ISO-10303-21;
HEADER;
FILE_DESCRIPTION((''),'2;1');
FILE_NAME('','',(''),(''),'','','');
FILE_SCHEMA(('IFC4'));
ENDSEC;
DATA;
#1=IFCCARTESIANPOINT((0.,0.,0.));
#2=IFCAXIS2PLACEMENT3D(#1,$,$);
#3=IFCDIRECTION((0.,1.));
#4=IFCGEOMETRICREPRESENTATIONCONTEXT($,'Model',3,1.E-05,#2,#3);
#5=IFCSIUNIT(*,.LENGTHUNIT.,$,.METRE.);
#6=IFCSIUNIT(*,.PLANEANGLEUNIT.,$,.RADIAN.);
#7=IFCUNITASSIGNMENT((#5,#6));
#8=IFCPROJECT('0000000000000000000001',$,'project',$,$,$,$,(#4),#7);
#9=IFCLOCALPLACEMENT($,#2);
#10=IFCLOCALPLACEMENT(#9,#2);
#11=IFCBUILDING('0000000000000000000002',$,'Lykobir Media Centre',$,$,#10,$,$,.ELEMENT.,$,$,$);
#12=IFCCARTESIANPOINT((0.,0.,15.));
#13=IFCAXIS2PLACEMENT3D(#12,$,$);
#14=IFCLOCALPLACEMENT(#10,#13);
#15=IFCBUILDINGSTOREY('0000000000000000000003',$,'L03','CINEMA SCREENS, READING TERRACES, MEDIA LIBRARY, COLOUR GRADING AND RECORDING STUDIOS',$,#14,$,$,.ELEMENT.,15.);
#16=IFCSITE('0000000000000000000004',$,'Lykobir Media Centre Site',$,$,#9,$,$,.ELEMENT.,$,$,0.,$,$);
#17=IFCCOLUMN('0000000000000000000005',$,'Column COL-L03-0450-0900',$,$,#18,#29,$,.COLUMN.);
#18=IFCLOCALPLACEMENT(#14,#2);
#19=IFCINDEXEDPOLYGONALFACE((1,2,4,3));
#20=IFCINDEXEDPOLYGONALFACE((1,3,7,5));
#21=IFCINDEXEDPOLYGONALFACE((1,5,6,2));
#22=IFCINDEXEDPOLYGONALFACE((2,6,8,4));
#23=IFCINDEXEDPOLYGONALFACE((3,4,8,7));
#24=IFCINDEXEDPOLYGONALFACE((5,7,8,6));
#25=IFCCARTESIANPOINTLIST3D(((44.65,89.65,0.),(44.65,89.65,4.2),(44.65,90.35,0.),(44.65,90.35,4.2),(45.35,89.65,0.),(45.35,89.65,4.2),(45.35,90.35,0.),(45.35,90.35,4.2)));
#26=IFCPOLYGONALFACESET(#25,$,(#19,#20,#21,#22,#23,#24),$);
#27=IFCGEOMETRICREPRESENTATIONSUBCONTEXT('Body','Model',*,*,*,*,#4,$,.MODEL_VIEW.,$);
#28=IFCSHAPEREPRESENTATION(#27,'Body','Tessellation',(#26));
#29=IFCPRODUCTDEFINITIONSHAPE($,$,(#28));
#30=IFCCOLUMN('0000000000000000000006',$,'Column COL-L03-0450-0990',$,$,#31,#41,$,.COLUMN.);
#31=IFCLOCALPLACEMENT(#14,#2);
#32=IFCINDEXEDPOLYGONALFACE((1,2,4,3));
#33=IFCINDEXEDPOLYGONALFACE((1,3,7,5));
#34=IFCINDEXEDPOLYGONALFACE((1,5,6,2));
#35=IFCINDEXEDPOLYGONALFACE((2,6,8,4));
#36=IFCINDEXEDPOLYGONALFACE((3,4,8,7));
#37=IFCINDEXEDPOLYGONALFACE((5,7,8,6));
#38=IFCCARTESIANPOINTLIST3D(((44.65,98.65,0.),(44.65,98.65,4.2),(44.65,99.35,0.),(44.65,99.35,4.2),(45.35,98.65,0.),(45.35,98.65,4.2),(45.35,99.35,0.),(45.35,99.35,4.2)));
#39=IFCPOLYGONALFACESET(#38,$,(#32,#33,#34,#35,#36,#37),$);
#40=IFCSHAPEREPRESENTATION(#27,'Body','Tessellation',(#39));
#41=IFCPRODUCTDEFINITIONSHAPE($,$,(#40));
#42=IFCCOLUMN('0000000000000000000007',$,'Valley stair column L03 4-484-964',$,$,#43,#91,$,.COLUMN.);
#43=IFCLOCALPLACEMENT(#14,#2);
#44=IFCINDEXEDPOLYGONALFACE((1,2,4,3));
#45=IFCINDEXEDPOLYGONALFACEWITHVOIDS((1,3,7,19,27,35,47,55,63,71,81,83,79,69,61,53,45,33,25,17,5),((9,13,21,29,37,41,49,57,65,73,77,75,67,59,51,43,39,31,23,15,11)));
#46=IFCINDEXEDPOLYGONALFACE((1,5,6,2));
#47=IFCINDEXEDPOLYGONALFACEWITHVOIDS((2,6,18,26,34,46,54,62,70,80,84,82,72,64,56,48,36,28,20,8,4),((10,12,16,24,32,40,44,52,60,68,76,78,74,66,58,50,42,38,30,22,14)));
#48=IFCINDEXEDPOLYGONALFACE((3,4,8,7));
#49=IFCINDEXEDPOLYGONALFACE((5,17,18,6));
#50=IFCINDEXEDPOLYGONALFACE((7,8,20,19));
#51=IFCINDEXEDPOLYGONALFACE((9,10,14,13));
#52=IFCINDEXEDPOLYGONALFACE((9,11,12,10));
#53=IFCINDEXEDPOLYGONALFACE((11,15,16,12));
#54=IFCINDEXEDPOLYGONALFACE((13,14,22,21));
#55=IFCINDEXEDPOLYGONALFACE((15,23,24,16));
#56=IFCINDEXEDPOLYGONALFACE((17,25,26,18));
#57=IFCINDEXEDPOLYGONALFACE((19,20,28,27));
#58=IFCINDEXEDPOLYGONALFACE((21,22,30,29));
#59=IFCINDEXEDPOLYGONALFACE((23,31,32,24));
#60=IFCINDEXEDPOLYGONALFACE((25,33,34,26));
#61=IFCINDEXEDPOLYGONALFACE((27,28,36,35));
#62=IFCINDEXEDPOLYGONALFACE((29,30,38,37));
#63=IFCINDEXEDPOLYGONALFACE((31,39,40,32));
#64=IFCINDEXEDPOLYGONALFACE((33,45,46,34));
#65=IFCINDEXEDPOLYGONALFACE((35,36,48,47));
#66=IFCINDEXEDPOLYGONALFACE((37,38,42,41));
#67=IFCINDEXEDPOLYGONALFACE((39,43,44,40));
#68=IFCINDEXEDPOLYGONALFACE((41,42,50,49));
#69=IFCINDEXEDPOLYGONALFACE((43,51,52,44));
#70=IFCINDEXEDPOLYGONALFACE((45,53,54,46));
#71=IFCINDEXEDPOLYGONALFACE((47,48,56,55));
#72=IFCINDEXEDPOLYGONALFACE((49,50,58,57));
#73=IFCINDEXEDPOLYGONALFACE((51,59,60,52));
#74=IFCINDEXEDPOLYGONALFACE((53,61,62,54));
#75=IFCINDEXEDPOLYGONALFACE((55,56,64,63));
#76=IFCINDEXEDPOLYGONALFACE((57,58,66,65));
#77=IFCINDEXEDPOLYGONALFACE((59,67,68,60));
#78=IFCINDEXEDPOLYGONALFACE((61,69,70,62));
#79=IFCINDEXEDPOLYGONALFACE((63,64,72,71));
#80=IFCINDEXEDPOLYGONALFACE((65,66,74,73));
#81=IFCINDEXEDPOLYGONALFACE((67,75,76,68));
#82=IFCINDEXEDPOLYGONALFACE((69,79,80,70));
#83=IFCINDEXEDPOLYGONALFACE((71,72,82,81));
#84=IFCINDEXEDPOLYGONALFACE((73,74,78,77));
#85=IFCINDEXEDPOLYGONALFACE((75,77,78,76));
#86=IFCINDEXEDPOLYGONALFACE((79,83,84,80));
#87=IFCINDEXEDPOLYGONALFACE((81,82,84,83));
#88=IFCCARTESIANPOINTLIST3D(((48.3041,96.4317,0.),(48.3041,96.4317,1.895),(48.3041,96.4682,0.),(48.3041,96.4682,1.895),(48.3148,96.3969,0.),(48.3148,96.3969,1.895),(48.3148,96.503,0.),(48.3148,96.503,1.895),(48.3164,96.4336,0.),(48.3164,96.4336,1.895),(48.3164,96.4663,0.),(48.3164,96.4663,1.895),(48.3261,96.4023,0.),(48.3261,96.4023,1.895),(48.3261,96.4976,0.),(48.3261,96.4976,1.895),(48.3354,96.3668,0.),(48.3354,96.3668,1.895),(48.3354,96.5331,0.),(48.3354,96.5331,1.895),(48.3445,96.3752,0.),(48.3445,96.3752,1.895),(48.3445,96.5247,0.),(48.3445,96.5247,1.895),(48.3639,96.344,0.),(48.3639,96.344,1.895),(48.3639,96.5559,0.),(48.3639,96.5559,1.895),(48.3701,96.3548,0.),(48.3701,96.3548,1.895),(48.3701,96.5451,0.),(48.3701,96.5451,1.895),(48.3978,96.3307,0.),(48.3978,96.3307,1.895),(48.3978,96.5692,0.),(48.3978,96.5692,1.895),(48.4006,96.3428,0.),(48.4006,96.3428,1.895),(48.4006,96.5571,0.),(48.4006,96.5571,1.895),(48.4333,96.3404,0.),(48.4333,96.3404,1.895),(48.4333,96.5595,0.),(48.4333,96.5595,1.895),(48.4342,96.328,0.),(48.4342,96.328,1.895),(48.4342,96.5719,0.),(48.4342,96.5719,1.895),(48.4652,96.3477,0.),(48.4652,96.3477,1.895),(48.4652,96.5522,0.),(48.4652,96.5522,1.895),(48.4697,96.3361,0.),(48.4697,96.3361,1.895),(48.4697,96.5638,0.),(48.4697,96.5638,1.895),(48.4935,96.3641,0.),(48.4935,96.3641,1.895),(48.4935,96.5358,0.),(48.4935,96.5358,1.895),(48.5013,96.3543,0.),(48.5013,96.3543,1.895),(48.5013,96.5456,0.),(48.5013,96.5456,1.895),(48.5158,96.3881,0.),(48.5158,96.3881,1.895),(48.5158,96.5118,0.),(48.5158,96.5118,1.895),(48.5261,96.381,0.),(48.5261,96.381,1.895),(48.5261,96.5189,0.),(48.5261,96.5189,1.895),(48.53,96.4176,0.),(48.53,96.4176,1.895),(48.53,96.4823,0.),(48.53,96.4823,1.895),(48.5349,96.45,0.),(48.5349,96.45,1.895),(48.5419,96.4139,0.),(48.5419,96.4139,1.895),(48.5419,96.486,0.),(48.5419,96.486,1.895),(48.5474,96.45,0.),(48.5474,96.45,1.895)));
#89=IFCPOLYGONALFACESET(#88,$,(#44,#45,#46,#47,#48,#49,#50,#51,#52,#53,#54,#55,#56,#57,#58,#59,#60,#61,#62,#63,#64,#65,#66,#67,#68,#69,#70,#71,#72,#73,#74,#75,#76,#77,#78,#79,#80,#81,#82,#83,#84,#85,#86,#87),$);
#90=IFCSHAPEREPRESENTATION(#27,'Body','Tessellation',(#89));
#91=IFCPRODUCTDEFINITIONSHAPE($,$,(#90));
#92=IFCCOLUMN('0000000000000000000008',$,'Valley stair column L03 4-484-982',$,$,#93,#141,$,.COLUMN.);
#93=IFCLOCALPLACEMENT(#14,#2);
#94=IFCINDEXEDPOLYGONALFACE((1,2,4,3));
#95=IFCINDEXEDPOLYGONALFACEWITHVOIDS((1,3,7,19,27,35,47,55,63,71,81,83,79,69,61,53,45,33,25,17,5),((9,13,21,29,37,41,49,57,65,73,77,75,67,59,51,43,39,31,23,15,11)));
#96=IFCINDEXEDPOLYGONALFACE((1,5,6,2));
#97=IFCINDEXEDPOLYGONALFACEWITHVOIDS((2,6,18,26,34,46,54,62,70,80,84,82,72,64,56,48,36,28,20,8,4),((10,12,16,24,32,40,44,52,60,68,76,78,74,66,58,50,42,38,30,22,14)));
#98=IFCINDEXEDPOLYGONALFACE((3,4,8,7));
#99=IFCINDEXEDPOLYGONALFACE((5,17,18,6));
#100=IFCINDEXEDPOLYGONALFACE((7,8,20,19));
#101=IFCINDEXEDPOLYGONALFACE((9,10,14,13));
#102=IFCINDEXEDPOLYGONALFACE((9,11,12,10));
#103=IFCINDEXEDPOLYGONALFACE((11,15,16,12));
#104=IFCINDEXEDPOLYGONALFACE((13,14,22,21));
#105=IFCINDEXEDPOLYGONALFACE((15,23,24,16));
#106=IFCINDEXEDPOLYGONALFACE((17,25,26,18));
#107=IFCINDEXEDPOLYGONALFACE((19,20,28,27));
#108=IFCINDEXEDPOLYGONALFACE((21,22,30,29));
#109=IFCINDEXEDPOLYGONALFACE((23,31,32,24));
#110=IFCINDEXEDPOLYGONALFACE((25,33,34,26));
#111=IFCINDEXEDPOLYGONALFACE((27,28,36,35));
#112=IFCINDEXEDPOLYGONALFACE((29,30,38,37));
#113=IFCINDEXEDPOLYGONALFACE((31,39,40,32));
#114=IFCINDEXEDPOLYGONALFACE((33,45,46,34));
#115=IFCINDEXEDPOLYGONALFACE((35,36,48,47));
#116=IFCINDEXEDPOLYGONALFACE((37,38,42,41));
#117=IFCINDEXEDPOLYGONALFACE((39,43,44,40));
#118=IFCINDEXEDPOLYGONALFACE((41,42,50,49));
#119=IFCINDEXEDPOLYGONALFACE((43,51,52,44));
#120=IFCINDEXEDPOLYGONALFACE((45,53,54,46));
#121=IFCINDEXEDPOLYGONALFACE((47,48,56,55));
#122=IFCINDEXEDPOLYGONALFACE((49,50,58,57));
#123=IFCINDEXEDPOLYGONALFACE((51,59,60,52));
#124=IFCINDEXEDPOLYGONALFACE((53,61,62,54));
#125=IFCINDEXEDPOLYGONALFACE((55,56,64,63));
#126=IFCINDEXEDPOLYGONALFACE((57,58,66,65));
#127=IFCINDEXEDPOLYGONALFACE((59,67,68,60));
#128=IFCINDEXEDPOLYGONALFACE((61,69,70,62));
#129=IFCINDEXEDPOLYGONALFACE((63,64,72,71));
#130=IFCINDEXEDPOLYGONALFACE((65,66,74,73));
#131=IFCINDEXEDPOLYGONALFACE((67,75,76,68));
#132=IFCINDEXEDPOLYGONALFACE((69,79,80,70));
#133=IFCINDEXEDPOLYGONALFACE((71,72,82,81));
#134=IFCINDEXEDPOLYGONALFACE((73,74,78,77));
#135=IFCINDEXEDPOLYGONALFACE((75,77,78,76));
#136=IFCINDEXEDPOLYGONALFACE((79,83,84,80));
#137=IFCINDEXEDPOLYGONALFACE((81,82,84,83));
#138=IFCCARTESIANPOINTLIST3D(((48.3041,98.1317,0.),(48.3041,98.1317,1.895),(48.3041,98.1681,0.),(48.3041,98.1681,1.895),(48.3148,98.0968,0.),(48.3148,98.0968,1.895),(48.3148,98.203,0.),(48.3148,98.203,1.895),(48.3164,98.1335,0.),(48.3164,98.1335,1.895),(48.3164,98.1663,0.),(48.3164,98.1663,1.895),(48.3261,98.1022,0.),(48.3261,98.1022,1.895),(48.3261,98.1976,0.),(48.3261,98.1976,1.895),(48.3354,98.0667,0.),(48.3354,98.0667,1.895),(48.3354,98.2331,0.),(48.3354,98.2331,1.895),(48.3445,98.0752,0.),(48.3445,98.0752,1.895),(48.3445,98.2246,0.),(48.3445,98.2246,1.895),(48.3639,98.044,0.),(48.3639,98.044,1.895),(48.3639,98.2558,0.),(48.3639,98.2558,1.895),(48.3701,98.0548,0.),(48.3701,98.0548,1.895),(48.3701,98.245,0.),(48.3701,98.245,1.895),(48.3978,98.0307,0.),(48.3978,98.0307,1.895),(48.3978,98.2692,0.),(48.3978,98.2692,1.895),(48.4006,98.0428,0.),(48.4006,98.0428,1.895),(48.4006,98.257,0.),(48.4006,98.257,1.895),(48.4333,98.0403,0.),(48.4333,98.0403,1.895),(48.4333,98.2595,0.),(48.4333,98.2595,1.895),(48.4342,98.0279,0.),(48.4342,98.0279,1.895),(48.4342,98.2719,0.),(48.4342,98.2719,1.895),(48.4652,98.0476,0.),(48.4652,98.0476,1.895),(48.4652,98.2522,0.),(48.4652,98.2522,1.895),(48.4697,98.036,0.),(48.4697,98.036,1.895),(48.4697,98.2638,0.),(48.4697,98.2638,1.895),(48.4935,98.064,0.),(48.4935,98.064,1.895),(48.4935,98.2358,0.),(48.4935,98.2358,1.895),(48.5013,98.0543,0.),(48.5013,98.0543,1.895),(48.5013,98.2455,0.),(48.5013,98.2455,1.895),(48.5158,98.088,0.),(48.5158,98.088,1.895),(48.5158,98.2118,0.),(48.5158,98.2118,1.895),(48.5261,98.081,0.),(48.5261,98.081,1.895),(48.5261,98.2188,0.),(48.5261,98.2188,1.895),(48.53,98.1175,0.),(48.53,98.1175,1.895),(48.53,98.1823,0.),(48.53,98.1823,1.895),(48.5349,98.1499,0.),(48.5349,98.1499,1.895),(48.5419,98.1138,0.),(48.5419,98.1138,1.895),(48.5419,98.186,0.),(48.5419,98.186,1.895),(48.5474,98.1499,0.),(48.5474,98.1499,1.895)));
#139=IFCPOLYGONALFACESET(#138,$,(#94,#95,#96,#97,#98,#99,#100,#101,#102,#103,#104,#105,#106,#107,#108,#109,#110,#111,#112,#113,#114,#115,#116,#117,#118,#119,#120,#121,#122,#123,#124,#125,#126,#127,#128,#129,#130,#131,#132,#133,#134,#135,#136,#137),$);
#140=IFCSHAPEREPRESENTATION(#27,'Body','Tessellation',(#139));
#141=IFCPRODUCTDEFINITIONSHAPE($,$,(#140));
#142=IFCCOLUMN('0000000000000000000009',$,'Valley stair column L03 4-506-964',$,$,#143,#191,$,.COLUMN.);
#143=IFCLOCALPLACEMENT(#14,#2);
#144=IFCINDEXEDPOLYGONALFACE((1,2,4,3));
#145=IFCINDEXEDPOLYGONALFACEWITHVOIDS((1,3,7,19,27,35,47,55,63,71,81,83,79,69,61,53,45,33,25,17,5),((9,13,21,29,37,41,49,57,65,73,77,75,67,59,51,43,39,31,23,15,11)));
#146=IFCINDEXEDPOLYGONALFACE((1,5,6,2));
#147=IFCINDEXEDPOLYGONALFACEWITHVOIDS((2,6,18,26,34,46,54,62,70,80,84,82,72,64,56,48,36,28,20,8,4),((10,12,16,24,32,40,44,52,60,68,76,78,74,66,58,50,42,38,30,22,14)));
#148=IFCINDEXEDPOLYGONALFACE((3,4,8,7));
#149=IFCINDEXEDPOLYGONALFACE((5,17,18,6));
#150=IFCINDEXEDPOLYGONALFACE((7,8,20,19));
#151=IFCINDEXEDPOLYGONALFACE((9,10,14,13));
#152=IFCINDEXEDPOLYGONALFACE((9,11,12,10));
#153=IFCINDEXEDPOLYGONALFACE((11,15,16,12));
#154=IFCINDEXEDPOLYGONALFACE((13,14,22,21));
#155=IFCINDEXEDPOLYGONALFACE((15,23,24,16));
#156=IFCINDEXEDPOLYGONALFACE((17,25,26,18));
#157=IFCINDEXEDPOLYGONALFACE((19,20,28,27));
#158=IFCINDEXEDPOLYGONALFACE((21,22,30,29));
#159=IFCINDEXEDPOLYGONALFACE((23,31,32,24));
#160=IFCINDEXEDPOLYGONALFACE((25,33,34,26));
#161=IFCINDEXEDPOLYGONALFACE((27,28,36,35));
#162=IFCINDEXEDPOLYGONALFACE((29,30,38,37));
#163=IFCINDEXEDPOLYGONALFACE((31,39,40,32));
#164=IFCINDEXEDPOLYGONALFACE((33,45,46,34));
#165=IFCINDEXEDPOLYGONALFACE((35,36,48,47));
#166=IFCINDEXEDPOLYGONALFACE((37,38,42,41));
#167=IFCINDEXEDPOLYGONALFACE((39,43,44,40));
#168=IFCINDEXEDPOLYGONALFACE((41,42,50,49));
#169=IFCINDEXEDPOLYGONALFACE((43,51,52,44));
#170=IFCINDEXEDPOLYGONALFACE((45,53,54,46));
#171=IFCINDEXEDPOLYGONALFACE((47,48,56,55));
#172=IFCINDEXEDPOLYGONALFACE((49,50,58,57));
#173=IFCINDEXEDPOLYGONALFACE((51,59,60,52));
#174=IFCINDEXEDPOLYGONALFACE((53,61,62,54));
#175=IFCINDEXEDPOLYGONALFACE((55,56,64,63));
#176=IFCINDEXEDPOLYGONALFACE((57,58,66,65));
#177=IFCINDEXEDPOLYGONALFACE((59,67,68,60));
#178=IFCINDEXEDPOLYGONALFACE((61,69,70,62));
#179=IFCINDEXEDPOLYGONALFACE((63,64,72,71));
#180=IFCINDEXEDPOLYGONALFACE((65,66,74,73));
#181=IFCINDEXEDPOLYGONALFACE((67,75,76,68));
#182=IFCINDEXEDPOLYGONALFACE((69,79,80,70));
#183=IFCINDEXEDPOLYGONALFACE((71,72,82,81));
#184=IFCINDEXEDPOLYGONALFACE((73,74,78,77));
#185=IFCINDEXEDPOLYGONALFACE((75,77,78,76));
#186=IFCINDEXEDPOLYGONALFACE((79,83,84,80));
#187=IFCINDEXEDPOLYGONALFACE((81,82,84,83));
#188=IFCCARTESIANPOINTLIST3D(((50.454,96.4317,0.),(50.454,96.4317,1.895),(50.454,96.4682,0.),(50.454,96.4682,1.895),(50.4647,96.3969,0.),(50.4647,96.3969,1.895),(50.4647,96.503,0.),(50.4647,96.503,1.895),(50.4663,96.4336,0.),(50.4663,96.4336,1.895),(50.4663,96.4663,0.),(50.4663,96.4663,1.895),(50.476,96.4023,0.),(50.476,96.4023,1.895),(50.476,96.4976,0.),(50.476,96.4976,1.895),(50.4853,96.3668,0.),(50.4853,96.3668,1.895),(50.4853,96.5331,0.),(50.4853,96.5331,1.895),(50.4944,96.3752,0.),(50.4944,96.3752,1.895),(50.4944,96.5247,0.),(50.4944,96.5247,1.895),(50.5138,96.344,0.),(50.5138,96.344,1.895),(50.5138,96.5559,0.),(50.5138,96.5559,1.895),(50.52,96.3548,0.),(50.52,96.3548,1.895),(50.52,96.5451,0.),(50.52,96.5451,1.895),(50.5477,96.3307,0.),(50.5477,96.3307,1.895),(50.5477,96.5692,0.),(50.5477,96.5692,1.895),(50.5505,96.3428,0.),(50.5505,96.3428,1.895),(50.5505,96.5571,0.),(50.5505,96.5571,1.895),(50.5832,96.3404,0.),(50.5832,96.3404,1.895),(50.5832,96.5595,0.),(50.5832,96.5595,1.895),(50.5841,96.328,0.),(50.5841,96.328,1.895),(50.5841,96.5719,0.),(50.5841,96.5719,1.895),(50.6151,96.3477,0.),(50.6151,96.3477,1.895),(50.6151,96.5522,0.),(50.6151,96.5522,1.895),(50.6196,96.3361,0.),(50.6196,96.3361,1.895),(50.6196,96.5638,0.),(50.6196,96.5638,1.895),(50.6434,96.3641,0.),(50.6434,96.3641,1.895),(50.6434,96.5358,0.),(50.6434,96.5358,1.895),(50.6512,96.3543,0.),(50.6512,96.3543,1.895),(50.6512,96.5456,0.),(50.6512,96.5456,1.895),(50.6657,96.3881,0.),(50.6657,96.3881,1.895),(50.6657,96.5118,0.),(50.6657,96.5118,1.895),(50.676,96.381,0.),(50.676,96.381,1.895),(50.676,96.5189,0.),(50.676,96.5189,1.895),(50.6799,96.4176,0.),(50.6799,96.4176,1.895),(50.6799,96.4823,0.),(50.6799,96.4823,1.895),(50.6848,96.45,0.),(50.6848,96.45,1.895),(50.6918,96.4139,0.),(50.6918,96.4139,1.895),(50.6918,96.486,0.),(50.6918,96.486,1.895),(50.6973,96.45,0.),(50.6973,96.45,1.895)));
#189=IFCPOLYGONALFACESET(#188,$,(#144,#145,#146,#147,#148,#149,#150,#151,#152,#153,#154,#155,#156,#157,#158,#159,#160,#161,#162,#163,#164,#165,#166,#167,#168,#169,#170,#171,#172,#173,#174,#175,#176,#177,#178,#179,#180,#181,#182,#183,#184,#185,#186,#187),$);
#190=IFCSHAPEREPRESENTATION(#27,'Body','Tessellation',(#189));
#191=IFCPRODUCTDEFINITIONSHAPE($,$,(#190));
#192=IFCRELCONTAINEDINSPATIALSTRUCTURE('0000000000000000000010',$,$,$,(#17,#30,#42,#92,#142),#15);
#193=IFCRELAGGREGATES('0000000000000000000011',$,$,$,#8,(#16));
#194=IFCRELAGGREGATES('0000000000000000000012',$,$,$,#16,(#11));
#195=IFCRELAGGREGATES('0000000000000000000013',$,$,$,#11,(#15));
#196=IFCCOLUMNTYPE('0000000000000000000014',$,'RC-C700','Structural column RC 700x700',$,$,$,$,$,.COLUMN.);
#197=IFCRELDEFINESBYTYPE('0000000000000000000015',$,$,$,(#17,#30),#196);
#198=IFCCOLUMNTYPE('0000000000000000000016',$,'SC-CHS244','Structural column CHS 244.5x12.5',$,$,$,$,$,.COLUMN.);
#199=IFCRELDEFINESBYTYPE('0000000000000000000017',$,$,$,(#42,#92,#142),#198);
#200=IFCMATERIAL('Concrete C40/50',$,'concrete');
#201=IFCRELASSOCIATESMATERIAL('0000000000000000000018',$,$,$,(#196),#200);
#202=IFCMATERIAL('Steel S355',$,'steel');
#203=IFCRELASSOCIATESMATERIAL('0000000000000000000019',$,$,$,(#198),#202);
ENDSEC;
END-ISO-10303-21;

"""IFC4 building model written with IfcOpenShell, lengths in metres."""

from ifc_helpers import new_model, si_unit, direction, frame, origin, origin_2d, place, context, subcontext, project, spatial, rectangle, hollow_circle, extrude, material, material_profile, profile_set, type_object, element, save


model = new_model("IFC4")

# Units and contexts
model_context = context("Model", 3, precision=1e-05, world=origin(), true_north=direction((0.0, 1.0)))
body_context = subcontext(model_context, "Body", "Model", "MODEL_VIEW")
ifc_project = project(units=[si_unit("LENGTHUNIT", "METRE"), si_unit("PLANEANGLEUNIT", "RADIAN")], contexts=[model_context])

# Site, building, storey
site_placement = place(None, origin())
site = spatial("IfcSite", under=ifc_project, at=site_placement, Name="Lykobir Media Centre Site", CompositionType="ELEMENT", RefElevation=0.0)
building_placement = place(site_placement, origin())
building = spatial("IfcBuilding", under=site, at=building_placement, Name="Lykobir Media Centre", CompositionType="ELEMENT")
storey_placement = place(building_placement, frame((0.0, 0.0, 15.0)))
storey = spatial("IfcBuildingStorey", under=building, at=storey_placement, Name="L03", Description="CINEMA SCREENS, READING TERRACES, MEDIA LIBRARY, COLOUR GRADING AND RECORDING STUDIOS", CompositionType="ELEMENT", Elevation=15.0)

# Columns
ifc_material_1 = material(Name="Concrete C40/50", Category="concrete")
ifc_material_profile_1 = material_profile(ifc_material_1, rectangle(XDim=0.7, YDim=0.7, at=origin_2d()), Name="RC 700x700")
ifc_profile_set_1 = profile_set([ifc_material_profile_1], Name="Concrete C40/50")
column_type_1 = type_object("IfcColumnType", Name="RC-C700", Description="Structural column RC 700x700", PredefinedType="COLUMN", material=ifc_profile_set_1)
for number, where, z_axis, x_axis, name in (
    (1, (45.0, 90.0, 0.0), (0.0, 0.0, 1.0), (1.0, 0.0, 0.0), "Column COL-L03-0450-0900"),
    (2, (45.0, 99.0, 0.0), (0.0, 0.0, 1.0), (1.0, 0.0, 0.0), "Column COL-L03-0450-0990"),
):
    element("IfcColumn", number, at=place(storey_placement, frame(where, z_axis=z_axis, x_axis=x_axis)), inside=storey, type_object=column_type_1, Name=name, PredefinedType="COLUMN", context=body_context, shape_type="SweptSolid", body=[
        extrude(rectangle(XDim=0.7, YDim=0.7, at=origin_2d()), origin(), (0.0, 0.0, 1.0), 4.2),
    ])
ifc_material_2 = material(Name="Steel S355", Category="steel")
ifc_material_profile_2 = material_profile(ifc_material_2, hollow_circle(Radius=0.1223, WallThickness=0.0125, at=origin_2d()), Name="CHS 244.5x12.5")
ifc_profile_set_2 = profile_set([ifc_material_profile_2], Name="Steel S355")
column_type_2 = type_object("IfcColumnType", Name="SC-CHS244", Description="Structural column CHS 244.5x12.5", PredefinedType="COLUMN", material=ifc_profile_set_2)
for number, where, z_axis, x_axis, name in (
    (3, (48.425, 96.45, 0.0), (0.0, 0.0, 1.0), (1.0, 0.0, 0.0), "Valley stair column L03 4-484-964"),
    (4, (48.425, 98.1499, 0.0), (0.0, 0.0, 1.0), (1.0, 0.0, 0.0), "Valley stair column L03 4-484-982"),
    (5, (50.575, 96.45, 0.0), (0.0, 0.0, 1.0), (1.0, 0.0, 0.0), "Valley stair column L03 4-506-964"),
):
    element("IfcColumn", number, at=place(storey_placement, frame(where, z_axis=z_axis, x_axis=x_axis)), inside=storey, type_object=column_type_2, Name=name, PredefinedType="COLUMN", context=body_context, shape_type="SweptSolid", body=[
        extrude(hollow_circle(Radius=0.1223, WallThickness=0.0125, at=origin_2d()), origin(), (0.0, 0.0, 1.0), 1.895),
    ])

save(model, "model.ifc")
